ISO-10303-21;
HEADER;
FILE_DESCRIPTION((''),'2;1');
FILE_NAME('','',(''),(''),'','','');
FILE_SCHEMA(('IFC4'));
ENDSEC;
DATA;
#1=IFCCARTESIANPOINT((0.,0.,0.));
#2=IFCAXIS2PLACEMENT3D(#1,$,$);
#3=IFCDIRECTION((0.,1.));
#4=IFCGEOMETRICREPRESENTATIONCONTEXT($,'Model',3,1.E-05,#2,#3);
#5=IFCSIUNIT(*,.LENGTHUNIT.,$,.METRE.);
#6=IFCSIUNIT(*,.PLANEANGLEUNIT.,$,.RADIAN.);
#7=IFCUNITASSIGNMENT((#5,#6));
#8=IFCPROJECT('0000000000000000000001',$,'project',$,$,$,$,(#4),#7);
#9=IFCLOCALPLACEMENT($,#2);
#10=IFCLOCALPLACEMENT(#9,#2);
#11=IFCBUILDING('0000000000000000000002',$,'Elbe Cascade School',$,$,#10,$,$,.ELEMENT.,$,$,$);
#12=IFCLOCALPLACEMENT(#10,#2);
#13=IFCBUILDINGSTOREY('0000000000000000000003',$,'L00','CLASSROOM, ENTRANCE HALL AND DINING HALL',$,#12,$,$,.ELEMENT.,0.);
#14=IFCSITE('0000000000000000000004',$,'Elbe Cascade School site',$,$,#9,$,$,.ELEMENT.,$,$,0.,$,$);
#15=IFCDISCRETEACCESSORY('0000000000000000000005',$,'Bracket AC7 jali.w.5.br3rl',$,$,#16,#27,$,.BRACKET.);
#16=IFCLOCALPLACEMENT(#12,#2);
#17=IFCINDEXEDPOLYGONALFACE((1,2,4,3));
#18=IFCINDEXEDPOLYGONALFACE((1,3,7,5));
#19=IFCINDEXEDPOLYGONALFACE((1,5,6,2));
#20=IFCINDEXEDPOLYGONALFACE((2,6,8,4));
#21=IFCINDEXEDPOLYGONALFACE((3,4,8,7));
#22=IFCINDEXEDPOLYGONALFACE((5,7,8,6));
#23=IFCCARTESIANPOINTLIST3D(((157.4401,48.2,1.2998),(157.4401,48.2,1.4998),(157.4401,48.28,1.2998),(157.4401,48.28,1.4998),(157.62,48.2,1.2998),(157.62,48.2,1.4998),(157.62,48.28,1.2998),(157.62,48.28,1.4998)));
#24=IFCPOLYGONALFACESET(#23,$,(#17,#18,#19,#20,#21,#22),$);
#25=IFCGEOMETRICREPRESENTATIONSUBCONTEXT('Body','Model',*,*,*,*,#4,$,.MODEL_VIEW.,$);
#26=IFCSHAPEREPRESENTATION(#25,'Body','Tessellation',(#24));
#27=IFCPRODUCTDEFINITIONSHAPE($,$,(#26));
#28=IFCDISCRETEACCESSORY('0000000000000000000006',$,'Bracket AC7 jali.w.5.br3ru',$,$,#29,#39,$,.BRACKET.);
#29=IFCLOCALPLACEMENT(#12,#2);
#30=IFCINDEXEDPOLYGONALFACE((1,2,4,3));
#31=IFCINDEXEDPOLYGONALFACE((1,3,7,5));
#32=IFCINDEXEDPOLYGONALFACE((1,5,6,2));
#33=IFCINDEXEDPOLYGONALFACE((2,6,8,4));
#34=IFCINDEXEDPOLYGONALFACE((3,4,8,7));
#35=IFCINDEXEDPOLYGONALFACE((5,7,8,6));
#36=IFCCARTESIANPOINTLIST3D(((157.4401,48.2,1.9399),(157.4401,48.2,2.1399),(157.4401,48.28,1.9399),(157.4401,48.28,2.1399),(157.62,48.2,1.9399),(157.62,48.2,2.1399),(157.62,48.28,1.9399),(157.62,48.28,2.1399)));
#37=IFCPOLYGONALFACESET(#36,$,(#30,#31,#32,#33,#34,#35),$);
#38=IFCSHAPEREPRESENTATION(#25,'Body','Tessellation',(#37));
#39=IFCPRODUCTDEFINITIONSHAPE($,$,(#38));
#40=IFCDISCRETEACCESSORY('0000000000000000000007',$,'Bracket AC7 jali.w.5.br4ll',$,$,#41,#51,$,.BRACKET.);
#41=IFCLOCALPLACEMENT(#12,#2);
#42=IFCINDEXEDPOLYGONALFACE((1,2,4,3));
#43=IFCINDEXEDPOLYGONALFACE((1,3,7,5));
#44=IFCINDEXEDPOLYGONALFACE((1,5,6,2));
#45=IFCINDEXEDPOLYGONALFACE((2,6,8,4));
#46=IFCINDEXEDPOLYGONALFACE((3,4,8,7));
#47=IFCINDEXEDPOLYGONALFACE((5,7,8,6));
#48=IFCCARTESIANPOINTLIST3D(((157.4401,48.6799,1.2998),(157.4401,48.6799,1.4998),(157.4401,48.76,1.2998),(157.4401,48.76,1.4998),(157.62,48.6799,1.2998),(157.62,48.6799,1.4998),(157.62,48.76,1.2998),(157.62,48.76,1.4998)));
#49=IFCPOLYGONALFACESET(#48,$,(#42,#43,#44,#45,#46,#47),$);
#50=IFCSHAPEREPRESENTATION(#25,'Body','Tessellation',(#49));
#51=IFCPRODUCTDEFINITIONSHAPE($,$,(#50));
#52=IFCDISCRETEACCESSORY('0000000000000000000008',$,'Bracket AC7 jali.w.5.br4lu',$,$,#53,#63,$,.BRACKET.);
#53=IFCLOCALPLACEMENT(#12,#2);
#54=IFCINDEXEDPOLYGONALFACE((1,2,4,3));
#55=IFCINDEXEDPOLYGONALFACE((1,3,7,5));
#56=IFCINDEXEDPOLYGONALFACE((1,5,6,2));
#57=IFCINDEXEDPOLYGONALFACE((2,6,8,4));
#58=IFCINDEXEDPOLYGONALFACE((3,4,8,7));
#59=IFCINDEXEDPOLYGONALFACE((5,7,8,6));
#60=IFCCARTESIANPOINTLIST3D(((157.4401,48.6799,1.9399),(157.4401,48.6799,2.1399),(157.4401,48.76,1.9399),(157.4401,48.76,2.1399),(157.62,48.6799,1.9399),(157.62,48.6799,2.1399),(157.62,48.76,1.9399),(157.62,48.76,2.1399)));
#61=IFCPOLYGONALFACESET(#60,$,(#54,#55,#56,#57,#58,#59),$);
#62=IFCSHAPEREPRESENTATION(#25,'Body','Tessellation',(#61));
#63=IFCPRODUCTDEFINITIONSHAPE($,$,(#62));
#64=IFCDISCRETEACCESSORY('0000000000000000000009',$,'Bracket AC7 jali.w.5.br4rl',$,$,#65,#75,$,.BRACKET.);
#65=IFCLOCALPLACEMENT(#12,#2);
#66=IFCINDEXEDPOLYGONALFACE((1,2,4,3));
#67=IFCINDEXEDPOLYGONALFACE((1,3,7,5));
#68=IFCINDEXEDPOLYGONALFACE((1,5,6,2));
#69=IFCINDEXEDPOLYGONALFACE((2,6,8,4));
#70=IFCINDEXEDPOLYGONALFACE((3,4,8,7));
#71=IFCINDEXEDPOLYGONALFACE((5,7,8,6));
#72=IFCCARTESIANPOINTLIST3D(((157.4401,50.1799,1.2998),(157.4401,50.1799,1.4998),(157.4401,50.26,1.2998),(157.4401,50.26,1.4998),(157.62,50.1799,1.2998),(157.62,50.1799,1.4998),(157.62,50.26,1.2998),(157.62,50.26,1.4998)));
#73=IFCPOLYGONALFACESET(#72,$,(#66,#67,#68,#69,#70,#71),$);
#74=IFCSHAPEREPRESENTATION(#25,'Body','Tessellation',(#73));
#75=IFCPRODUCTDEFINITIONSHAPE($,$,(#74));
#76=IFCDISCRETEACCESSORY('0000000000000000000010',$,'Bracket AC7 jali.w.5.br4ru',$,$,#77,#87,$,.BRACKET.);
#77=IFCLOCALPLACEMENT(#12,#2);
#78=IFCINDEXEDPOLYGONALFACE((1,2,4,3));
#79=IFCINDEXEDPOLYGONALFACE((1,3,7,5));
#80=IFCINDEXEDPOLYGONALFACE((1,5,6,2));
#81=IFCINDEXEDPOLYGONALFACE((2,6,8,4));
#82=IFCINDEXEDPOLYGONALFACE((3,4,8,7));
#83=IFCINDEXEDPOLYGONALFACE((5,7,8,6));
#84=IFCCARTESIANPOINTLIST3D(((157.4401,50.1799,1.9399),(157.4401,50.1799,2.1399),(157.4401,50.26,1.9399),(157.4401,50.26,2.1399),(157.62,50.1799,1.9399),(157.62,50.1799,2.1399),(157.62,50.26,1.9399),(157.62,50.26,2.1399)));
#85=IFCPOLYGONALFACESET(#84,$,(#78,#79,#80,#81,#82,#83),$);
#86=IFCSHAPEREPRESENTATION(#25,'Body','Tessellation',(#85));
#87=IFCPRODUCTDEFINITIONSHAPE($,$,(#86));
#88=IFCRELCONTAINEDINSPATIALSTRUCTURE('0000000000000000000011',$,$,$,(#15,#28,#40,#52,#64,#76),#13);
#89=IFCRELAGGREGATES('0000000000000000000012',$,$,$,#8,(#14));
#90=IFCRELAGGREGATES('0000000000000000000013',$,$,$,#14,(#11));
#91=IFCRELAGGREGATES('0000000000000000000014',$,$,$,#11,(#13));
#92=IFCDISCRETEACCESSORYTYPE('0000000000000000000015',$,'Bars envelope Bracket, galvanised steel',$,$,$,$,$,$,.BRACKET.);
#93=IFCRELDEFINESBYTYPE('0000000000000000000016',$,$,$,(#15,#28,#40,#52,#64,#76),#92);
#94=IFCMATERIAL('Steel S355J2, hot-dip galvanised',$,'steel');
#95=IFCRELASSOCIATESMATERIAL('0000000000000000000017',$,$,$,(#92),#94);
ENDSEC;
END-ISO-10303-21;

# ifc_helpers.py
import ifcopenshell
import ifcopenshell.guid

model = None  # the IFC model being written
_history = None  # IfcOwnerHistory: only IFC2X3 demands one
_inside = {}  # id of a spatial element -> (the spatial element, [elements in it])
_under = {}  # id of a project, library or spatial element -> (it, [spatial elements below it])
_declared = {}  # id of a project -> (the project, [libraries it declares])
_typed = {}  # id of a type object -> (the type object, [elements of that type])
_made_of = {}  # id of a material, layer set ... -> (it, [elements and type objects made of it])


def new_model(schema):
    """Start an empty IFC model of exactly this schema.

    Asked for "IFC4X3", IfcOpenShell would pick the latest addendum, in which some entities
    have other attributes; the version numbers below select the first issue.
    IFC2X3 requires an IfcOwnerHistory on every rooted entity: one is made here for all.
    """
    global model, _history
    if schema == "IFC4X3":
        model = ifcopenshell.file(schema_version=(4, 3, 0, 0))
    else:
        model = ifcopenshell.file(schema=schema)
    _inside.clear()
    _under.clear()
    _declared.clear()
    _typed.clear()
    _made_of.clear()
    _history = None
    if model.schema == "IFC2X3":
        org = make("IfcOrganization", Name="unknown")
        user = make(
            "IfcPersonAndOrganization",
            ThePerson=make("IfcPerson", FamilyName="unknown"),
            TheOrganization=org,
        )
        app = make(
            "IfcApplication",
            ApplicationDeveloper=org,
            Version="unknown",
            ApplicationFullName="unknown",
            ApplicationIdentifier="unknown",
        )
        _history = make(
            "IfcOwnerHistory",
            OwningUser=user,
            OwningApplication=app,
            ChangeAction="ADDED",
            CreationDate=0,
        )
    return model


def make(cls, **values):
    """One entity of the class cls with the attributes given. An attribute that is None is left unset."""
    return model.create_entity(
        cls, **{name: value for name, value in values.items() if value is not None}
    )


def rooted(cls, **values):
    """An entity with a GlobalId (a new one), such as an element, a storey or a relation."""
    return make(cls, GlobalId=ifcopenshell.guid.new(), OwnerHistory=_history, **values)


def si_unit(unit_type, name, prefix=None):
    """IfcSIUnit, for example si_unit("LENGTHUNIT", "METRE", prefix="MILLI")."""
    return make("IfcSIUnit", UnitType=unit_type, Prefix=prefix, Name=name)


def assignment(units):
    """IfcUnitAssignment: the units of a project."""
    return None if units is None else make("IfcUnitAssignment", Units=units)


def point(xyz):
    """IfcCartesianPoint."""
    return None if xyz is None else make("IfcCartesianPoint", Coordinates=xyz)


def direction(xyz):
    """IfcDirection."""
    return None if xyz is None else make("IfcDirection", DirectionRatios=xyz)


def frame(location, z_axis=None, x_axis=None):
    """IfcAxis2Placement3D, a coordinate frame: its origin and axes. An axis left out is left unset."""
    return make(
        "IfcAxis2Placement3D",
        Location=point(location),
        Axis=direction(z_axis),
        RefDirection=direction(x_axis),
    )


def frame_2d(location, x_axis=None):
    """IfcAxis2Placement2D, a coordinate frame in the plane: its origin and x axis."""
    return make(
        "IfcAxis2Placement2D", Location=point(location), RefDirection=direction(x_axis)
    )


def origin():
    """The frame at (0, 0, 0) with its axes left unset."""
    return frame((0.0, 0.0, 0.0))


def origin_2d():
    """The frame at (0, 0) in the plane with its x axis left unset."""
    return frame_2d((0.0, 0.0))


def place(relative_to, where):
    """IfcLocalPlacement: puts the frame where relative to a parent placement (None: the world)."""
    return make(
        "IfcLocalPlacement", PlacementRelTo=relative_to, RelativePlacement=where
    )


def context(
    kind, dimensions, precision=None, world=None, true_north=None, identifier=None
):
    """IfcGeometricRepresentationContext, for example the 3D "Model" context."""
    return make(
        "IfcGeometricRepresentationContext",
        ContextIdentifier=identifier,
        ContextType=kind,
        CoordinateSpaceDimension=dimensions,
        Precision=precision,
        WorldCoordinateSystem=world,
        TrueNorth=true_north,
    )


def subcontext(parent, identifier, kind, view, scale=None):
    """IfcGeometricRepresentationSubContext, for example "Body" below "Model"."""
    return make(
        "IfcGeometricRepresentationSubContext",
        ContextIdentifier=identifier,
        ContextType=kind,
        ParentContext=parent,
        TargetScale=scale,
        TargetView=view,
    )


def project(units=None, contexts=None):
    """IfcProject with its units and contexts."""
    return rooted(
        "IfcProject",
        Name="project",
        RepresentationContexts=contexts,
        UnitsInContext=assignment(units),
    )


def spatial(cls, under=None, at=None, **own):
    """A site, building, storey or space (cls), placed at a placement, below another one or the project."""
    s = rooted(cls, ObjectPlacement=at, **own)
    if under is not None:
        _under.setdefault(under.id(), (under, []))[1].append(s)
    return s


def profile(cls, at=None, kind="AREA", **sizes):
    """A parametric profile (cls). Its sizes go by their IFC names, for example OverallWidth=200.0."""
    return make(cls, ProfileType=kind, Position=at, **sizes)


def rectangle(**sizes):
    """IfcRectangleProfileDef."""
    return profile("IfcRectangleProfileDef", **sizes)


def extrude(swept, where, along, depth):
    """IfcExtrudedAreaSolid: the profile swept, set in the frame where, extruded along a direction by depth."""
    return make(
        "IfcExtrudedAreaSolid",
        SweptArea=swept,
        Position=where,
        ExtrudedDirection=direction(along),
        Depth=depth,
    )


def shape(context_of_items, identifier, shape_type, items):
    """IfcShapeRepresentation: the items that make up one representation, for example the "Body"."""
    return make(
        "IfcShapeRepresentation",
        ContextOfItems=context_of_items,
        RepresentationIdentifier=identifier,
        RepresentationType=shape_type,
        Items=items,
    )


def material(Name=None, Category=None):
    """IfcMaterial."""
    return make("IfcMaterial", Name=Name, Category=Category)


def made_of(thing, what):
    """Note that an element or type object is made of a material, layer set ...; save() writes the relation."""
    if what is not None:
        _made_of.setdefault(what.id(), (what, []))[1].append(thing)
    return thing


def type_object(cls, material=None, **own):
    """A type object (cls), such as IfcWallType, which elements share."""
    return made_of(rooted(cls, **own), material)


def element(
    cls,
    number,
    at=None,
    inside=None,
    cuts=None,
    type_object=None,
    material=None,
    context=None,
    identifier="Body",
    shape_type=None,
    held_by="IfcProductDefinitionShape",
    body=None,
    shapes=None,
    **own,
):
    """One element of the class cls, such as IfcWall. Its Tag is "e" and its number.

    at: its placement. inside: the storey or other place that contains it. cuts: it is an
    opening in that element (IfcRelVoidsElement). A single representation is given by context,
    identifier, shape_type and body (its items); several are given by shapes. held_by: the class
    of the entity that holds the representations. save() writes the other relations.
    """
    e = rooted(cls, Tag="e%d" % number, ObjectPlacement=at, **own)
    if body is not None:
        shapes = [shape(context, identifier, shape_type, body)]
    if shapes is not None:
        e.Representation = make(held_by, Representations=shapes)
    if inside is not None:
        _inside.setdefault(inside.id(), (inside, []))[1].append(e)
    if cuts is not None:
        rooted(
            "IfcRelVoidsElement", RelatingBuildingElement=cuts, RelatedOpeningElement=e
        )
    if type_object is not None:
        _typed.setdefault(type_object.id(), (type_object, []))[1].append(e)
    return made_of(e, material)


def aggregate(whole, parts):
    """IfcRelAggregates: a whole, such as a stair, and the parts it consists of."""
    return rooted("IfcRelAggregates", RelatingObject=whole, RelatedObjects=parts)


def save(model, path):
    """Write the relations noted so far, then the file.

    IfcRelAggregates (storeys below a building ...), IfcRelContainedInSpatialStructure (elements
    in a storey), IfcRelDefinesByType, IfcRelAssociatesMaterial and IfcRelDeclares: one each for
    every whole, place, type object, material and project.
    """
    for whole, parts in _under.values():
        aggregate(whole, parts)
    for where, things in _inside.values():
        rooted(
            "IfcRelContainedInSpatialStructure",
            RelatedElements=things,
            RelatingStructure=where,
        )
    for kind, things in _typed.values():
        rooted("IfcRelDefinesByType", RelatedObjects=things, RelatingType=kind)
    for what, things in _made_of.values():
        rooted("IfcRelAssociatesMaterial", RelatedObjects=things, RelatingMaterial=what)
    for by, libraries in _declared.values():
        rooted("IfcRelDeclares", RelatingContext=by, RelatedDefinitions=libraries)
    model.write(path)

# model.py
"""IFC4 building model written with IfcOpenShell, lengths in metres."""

from ifc_helpers import new_model, si_unit, direction, frame, origin, origin_2d, place, context, subcontext, project, spatial, rectangle, extrude, material, type_object, element, save


model = new_model("IFC4")

# Units and contexts
model_context = context("Model", 3, precision=1e-05, world=origin(), true_north=direction((0.0, 1.0)))
body_context = subcontext(model_context, "Body", "Model", "MODEL_VIEW")
ifc_project = project(units=[si_unit("LENGTHUNIT", "METRE"), si_unit("PLANEANGLEUNIT", "RADIAN")], contexts=[model_context])

# Site, building, storey
site_placement = place(None, origin())
site = spatial("IfcSite", under=ifc_project, at=site_placement, Name="Elbe Cascade School site", CompositionType="ELEMENT", RefElevation=0.0)
building_placement = place(site_placement, origin())
building = spatial("IfcBuilding", under=site, at=building_placement, Name="Elbe Cascade School", CompositionType="ELEMENT")
storey_placement = place(building_placement, origin())
storey = spatial("IfcBuildingStorey", under=building, at=storey_placement, Name="L00", Description="CLASSROOM, ENTRANCE HALL AND DINING HALL", CompositionType="ELEMENT", Elevation=0.0)

# Discrete accessories
ifc_material_1 = material(Name="Steel S355J2, hot-dip galvanised", Category="steel")
discrete_accessory_type = type_object("IfcDiscreteAccessoryType", Name="Bars envelope Bracket, galvanised steel", PredefinedType="BRACKET", material=ifc_material_1)
for number, where, z_axis, x_axis, name in (
    (1, (157.53, 48.24, 1.2998), (0.0, 0.0, 1.0), (0.0, 1.0, 0.0), "Bracket AC7 jali.w.5.br3rl"),
    (2, (157.53, 48.24, 1.9399), (0.0, 0.0, 1.0), (0.0, 1.0, 0.0), "Bracket AC7 jali.w.5.br3ru"),
    (3, (157.53, 48.72, 1.2998), (0.0, 0.0, 1.0), (0.0, 1.0, 0.0), "Bracket AC7 jali.w.5.br4ll"),
    (4, (157.53, 48.72, 1.9399), (0.0, 0.0, 1.0), (0.0, 1.0, 0.0), "Bracket AC7 jali.w.5.br4lu"),
    (5, (157.53, 50.22, 1.2998), (0.0, 0.0, 1.0), (0.0, 1.0, 0.0), "Bracket AC7 jali.w.5.br4rl"),
    (6, (157.53, 50.22, 1.9399), (0.0, 0.0, 1.0), (0.0, 1.0, 0.0), "Bracket AC7 jali.w.5.br4ru"),
):
    element("IfcDiscreteAccessory", number, at=place(storey_placement, frame(where, z_axis=z_axis, x_axis=x_axis)), inside=storey, type_object=discrete_accessory_type, Name=name, PredefinedType="BRACKET", context=body_context, shape_type="SweptSolid", body=[
        extrude(rectangle(XDim=0.0801, YDim=0.1799, at=origin_2d()), origin(), (0.0, 0.0, 1.0), 0.2),
    ])

save(model, "model.ifc")
